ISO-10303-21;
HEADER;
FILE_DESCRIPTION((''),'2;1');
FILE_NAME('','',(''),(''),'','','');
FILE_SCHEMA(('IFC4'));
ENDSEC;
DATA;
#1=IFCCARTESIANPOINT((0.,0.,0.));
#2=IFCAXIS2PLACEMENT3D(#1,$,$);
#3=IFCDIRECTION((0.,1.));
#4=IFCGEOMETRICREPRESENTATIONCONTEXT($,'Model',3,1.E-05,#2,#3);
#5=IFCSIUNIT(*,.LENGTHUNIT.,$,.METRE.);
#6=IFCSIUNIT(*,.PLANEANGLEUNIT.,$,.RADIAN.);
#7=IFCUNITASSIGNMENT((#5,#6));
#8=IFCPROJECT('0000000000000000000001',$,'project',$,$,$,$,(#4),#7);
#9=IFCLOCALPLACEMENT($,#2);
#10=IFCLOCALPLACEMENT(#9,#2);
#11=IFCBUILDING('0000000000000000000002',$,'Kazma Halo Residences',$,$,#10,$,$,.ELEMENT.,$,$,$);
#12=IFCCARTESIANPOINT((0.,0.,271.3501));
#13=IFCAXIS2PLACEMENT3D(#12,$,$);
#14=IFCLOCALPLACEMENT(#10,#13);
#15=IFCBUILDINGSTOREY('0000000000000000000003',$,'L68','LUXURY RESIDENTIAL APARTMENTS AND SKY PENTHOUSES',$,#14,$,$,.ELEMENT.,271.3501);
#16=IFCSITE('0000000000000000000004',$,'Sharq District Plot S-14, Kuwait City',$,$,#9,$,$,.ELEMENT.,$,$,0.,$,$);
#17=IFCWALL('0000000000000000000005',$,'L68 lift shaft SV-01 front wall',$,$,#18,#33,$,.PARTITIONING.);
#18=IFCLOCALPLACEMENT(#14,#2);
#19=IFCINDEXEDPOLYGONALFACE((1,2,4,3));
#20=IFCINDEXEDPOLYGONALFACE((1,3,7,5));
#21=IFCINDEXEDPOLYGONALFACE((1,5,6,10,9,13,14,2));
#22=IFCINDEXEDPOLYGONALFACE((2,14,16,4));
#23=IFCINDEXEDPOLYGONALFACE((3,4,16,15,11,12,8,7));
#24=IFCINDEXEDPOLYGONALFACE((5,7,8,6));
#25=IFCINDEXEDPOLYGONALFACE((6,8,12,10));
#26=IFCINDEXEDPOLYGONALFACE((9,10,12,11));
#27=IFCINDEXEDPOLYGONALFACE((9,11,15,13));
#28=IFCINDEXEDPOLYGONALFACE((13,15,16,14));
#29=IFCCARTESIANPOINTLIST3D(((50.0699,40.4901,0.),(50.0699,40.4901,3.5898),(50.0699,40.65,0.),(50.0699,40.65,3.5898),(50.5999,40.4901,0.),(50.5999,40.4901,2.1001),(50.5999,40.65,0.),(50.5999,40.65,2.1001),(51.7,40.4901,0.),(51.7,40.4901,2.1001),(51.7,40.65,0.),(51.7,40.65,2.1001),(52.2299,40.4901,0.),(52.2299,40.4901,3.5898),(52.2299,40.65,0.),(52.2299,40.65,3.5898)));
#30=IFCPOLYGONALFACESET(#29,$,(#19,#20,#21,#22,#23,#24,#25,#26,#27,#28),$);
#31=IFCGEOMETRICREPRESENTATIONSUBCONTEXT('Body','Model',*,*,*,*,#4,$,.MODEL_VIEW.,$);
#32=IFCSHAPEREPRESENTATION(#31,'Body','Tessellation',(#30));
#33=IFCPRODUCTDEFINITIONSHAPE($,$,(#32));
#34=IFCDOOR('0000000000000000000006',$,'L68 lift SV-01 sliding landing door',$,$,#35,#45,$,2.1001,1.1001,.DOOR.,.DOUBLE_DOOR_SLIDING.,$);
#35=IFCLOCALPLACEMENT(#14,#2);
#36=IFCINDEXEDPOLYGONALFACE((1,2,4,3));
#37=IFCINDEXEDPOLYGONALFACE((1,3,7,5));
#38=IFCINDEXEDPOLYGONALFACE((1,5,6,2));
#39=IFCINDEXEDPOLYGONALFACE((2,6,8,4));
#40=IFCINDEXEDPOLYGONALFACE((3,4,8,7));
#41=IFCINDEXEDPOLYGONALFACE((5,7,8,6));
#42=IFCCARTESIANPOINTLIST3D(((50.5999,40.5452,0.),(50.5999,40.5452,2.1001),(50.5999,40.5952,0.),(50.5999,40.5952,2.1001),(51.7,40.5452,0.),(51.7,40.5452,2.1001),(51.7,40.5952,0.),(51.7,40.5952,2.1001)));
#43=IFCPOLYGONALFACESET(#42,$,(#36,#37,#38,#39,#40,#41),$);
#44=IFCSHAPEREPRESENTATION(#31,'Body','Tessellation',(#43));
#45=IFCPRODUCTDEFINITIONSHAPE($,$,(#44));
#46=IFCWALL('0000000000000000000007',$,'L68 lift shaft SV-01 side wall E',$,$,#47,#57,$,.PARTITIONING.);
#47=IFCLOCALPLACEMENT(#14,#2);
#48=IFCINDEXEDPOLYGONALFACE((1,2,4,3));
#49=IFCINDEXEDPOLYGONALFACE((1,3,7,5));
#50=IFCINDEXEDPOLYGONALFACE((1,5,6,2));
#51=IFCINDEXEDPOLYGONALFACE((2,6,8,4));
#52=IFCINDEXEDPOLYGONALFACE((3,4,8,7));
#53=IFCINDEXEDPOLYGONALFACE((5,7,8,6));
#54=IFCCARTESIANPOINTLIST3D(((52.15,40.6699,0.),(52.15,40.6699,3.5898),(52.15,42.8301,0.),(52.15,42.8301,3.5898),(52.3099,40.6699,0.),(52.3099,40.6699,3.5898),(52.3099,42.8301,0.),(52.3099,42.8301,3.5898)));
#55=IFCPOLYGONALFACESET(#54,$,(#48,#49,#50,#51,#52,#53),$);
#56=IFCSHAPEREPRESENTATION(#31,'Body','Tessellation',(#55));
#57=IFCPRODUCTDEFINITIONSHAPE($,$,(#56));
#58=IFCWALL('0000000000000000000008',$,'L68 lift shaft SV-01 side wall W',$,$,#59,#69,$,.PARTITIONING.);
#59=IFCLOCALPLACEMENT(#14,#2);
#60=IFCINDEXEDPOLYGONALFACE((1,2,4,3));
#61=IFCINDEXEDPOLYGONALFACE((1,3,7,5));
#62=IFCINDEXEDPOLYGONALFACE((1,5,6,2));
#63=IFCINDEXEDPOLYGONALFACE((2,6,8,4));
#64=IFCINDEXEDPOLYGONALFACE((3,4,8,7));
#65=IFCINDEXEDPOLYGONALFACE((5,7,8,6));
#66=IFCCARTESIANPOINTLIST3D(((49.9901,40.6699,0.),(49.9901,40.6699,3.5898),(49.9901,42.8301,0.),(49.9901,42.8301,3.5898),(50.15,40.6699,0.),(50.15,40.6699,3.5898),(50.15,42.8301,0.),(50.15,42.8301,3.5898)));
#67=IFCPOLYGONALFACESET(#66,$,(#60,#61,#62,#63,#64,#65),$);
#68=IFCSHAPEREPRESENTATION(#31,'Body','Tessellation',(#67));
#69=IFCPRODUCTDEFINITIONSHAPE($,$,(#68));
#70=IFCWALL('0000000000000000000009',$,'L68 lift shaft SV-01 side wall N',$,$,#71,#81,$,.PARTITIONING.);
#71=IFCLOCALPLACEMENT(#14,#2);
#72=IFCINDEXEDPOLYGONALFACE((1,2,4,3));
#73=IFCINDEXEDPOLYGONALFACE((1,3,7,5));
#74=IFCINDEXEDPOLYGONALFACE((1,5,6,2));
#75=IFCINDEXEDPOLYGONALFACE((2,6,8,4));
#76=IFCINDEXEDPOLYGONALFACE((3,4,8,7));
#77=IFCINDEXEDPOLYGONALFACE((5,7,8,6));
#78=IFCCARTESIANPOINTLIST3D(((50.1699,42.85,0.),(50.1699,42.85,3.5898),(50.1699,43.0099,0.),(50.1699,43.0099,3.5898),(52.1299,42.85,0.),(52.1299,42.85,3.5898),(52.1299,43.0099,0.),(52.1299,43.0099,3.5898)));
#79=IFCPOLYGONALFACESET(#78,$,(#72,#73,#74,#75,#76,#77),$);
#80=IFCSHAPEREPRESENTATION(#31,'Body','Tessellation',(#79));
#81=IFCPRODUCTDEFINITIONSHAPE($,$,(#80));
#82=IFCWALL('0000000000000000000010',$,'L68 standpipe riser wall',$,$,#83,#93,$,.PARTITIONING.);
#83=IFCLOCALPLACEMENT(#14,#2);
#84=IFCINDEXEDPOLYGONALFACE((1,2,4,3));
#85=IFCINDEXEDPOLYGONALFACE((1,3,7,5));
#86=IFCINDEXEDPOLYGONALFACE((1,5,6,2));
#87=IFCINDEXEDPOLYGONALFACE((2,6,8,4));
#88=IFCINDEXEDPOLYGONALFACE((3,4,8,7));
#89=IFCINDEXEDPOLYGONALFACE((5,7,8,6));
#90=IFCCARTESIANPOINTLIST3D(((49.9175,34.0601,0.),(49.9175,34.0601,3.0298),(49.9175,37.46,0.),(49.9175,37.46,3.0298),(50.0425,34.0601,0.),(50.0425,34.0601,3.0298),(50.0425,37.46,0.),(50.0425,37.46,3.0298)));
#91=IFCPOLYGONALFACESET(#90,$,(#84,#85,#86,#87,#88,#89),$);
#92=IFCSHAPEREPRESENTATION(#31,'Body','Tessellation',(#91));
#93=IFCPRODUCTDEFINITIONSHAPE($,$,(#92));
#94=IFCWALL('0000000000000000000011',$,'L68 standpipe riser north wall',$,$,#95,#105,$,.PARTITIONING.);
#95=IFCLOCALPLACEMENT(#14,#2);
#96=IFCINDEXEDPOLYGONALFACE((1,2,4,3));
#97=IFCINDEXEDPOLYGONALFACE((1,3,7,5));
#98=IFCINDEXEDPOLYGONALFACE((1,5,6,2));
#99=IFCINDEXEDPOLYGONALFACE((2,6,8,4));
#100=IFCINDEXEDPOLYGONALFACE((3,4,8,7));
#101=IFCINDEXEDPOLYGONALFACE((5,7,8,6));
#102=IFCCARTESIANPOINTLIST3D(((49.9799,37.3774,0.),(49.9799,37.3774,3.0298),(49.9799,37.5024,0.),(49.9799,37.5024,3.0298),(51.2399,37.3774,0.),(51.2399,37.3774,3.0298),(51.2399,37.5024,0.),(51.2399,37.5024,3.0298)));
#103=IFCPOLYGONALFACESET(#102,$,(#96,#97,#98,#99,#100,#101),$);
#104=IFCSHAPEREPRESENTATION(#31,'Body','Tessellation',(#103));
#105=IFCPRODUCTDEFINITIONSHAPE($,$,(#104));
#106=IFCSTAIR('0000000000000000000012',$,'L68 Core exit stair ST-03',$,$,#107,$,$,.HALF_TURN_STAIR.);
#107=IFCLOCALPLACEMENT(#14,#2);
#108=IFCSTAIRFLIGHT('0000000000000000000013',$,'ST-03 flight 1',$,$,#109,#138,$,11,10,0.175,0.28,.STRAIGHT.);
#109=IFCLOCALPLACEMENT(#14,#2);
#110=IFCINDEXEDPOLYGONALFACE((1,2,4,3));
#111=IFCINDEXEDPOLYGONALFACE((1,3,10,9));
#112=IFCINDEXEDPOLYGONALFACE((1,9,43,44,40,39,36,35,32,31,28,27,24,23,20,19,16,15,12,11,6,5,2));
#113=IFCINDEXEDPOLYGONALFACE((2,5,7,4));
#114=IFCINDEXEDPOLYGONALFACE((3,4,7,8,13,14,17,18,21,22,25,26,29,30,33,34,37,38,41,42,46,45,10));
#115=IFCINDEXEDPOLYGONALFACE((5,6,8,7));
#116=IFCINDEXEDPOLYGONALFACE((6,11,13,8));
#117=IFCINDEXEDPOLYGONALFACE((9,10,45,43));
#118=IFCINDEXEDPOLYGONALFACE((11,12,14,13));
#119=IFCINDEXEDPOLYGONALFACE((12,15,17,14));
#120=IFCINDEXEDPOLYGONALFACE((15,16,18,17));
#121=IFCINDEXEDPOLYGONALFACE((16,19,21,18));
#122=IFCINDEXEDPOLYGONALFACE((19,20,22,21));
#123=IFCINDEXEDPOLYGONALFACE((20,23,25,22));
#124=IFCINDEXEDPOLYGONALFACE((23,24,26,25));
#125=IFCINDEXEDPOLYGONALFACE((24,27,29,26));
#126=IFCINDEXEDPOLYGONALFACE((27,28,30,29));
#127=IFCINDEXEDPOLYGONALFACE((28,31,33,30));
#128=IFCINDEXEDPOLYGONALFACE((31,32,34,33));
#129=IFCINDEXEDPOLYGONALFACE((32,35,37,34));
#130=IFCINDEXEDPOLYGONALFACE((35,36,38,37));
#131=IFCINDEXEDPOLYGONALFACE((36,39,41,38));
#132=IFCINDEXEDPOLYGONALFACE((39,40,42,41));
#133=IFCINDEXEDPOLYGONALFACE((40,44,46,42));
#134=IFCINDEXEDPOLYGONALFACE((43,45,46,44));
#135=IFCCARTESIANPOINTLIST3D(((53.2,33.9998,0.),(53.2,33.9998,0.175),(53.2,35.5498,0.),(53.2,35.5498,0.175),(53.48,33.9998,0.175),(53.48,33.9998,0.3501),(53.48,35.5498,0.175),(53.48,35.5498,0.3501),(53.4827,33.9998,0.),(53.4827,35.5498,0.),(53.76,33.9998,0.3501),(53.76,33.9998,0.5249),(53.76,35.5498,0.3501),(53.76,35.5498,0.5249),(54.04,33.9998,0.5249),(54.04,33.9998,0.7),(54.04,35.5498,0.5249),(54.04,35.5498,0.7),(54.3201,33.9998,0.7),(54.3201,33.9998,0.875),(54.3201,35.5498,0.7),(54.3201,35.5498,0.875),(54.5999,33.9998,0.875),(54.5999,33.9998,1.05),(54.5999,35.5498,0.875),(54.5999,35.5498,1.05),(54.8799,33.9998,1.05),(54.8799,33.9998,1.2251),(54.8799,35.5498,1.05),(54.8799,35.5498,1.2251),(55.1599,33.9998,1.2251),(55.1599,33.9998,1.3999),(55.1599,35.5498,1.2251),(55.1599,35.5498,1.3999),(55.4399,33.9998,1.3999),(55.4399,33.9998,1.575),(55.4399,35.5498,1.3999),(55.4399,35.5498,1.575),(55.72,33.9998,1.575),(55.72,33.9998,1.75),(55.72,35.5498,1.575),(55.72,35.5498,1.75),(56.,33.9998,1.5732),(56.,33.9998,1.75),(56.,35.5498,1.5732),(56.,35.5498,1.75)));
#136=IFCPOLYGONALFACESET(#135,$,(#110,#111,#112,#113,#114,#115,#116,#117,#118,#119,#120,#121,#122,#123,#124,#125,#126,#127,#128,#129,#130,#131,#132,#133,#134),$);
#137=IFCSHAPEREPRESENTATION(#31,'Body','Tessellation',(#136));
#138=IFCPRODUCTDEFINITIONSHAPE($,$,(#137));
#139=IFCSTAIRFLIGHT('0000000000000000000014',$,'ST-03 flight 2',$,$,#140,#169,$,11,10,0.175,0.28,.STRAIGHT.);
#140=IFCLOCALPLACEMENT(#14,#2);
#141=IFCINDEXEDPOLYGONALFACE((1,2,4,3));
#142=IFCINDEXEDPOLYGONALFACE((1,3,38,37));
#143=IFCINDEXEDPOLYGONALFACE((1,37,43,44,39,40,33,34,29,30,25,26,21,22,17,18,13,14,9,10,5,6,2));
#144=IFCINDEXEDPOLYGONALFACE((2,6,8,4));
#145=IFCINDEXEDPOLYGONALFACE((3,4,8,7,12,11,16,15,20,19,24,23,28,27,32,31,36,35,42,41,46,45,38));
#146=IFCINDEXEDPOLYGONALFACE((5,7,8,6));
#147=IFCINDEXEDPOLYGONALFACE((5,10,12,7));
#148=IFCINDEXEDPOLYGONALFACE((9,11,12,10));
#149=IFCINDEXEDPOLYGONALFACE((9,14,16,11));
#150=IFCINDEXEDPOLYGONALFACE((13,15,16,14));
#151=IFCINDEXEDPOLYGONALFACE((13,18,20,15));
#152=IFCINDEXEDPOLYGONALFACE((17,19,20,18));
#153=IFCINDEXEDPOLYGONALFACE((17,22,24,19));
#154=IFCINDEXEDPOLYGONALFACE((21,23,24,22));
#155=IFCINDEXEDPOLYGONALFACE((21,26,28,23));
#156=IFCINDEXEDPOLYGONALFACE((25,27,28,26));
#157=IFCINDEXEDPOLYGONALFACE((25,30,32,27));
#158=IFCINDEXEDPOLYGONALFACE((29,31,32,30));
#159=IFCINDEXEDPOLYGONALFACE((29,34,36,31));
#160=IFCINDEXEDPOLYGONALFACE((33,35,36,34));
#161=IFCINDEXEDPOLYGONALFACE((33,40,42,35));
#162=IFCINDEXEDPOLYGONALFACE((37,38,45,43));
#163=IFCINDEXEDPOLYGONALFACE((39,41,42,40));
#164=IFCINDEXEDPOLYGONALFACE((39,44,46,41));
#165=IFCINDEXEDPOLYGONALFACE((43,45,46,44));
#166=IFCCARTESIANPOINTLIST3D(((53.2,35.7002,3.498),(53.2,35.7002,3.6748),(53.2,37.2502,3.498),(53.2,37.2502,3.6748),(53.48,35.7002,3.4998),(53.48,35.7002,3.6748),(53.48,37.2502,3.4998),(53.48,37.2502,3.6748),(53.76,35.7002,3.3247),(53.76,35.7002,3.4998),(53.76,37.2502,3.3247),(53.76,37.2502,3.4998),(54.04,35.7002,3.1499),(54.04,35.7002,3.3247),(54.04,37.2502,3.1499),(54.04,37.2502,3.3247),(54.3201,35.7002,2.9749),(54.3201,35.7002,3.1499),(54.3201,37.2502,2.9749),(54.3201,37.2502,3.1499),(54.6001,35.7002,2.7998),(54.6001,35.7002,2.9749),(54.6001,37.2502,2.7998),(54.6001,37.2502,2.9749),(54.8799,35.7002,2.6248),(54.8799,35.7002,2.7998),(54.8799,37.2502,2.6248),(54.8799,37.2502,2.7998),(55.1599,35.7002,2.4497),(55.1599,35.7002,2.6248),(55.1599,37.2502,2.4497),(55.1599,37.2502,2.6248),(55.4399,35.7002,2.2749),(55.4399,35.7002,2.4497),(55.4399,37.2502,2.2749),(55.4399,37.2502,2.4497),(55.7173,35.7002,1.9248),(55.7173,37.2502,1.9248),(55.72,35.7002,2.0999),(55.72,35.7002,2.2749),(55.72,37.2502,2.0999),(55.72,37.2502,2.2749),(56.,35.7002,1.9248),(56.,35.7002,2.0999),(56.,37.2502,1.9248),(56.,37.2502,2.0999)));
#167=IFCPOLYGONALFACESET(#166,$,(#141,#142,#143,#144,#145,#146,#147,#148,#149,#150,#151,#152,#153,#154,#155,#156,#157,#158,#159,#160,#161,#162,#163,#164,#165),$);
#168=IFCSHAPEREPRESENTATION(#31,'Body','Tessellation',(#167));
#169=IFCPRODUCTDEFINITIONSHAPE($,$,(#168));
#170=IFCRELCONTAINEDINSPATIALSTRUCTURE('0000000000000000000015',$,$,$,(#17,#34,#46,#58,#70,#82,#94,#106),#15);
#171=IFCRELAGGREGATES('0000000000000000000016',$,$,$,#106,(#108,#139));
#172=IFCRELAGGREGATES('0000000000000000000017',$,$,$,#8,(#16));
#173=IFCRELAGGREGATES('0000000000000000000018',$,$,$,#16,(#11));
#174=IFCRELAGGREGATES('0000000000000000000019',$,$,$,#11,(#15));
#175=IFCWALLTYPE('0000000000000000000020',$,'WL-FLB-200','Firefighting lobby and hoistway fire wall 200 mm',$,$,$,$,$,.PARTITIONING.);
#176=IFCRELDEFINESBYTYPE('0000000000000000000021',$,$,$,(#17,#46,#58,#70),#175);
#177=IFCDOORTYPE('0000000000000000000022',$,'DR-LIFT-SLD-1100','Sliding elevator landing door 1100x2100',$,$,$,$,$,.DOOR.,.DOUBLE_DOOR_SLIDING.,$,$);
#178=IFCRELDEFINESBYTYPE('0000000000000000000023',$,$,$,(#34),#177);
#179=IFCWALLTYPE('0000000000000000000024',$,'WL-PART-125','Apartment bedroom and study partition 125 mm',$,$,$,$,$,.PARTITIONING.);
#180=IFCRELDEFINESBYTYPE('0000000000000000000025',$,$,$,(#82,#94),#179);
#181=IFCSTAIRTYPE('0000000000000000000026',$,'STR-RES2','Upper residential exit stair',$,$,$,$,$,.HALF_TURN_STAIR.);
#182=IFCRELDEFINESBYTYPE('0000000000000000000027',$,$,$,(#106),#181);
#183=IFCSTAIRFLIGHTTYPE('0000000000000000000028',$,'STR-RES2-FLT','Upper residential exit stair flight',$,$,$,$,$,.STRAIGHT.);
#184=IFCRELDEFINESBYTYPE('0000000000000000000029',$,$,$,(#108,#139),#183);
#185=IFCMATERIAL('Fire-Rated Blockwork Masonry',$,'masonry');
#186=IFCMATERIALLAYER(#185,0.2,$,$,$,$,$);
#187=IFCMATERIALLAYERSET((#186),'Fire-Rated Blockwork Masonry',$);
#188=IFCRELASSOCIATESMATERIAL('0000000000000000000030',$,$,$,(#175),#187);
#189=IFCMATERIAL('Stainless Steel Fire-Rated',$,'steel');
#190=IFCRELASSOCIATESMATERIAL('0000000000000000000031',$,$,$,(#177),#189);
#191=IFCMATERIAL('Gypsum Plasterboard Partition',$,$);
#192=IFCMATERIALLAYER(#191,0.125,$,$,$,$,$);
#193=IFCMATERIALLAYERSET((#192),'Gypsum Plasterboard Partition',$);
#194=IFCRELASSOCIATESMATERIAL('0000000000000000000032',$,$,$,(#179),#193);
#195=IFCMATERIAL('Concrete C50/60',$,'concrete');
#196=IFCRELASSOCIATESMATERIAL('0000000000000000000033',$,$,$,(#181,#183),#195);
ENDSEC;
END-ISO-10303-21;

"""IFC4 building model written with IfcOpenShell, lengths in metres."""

from ifc_helpers import new_model, si_unit, direction, frame, frame_2d, origin, place, context, subcontext, project, spatial, polyline, rectangle, outline, extrude, material, layer, layer_set, type_object, element, fill, aggregate, save


model = new_model("IFC4")

# Units and contexts
model_context = context("Model", 3, precision=1e-05, world=origin(), true_north=direction((0.0, 1.0)))
body_context = subcontext(model_context, "Body", "Model", "MODEL_VIEW")
ifc_project = project(units=[si_unit("LENGTHUNIT", "METRE"), si_unit("PLANEANGLEUNIT", "RADIAN")], contexts=[model_context])

# Site, building, storey
site_placement = place(None, origin())
site = spatial("IfcSite", under=ifc_project, at=site_placement, Name="Sharq District Plot S-14, Kuwait City", CompositionType="ELEMENT", RefElevation=0.0)
building_placement = place(site_placement, origin())
building = spatial("IfcBuilding", under=site, at=building_placement, Name="Kazma Halo Residences", CompositionType="ELEMENT")
storey_placement = place(building_placement, frame((0.0, 0.0, 271.3501)))
storey = spatial("IfcBuildingStorey", under=building, at=storey_placement, Name="L68", Description="LUXURY RESIDENTIAL APARTMENTS AND SKY PENTHOUSES", CompositionType="ELEMENT", Elevation=271.3501)

# Shared definitions
ifc_material_1 = material(Name="Fire-Rated Blockwork Masonry", Category="masonry")
ifc_layer_1 = layer(ifc_material_1, 0.2)
ifc_layer_set_1 = layer_set([ifc_layer_1], Name="Fire-Rated Blockwork Masonry")
wall_type_1 = type_object("IfcWallType", Name="WL-FLB-200", Description="Firefighting lobby and hoistway fire wall 200 mm", PredefinedType="PARTITIONING", material=ifc_layer_set_1)
ifc_material_2 = material(Name="Stainless Steel Fire-Rated", Category="steel")
door_type_1 = type_object("IfcDoorType", Name="DR-LIFT-SLD-1100", Description="Sliding elevator landing door 1100x2100", OperationType="DOUBLE_DOOR_SLIDING", PredefinedType="DOOR", material=ifc_material_2)

# Wall, opening, door
wall_1_placement = place(storey_placement, frame((52.23, 40.5701, 0.0), z_axis=(0.0, 0.0, 1.0), x_axis=(-1.0, 0.0, 0.0)))
wall_1 = element("IfcWall", 1, at=wall_1_placement, inside=storey, type_object=wall_type_1, Name="L68 lift shaft SV-01 front wall", PredefinedType="PARTITIONING", context=body_context, shape_type="SweptSolid", body=[
    extrude(rectangle(XDim=2.1599, YDim=0.1599, at=frame_2d((1.0801, 0.0))), origin(), (0.0, 0.0, 1.0), 3.5898),
])
opening_1_placement = place(wall_1_placement, frame((0.53, 0.0, 0.0)))
opening_1 = element("IfcOpeningElement", 2, at=opening_1_placement, cuts=wall_1, PredefinedType="OPENING", context=body_context, shape_type="SweptSolid", body=[
    extrude(rectangle(XDim=1.1001, YDim=2.1001, at=frame_2d((0.55, 1.05))), frame((0.0, 0.0898, 0.0), z_axis=(0.0, -1.0, 0.0), x_axis=(1.0, 0.0, 0.0)), (0.0, 0.0, 1.0), 0.1799),
])
door_1_placement = place(opening_1_placement, origin())
door_1 = element("IfcDoor", 3, at=door_1_placement, inside=storey, type_object=door_type_1, Name="L68 lift SV-01 sliding landing door", OperationType="DOUBLE_DOOR_SLIDING", OverallHeight=2.1001, OverallWidth=1.1001, PredefinedType="DOOR", context=body_context, shape_type="SweptSolid", body=[
    extrude(rectangle(XDim=1.1001, YDim=2.1001, at=frame_2d((0.55, 1.05))), frame((0.0, 0.0249, 0.0), z_axis=(0.0, -1.0, 0.0), x_axis=(1.0, 0.0, 0.0)), (0.0, 0.0, 1.0), 0.05),
])
fill(opening_1, door_1)

# Walls
for number, where, z_axis, x_axis, name in (
    (4, (52.23, 40.6699, 0.0), (0.0, 0.0, 1.0), (0.0, 1.0, 0.0), "L68 lift shaft SV-01 side wall E"),
    (5, (50.0701, 40.6699, 0.0), (0.0, 0.0, 1.0), (0.0, 1.0, 0.0), "L68 lift shaft SV-01 side wall W"),
):
    element("IfcWall", number, at=place(storey_placement, frame(where, z_axis=z_axis, x_axis=x_axis)), inside=storey, type_object=wall_type_1, Name=name, PredefinedType="PARTITIONING", context=body_context, shape_type="SweptSolid", body=[
        extrude(rectangle(XDim=2.1602, YDim=0.1599, at=frame_2d((1.0801, 0.0))), origin(), (0.0, 0.0, 1.0), 3.5898),
    ])
wall_2_placement = place(storey_placement, frame((50.1699, 42.9299, 0.0), z_axis=(0.0, 0.0, 1.0), x_axis=(1.0, 0.0, 0.0)))
element("IfcWall", 6, at=wall_2_placement, inside=storey, type_object=wall_type_1, Name="L68 lift shaft SV-01 side wall N", PredefinedType="PARTITIONING", context=body_context, shape_type="SweptSolid", body=[
    extrude(rectangle(XDim=1.96, YDim=0.1599, at=frame_2d((0.98, 0.0))), origin(), (0.0, 0.0, 1.0), 3.5898),
])
ifc_material_3 = material(Name="Gypsum Plasterboard Partition")
ifc_layer_2 = layer(ifc_material_3, 0.125)
ifc_layer_set_2 = layer_set([ifc_layer_2], Name="Gypsum Plasterboard Partition")
wall_type_2 = type_object("IfcWallType", Name="WL-PART-125", Description="Apartment bedroom and study partition 125 mm", PredefinedType="PARTITIONING", material=ifc_layer_set_2)
wall_3_placement = place(storey_placement, frame((49.98, 34.0601, 0.0), z_axis=(0.0, 0.0, 1.0), x_axis=(0.0, 1.0, 0.0)))
element("IfcWall", 7, at=wall_3_placement, inside=storey, type_object=wall_type_2, Name="L68 standpipe riser wall", PredefinedType="PARTITIONING", context=body_context, shape_type="SweptSolid", body=[
    extrude(rectangle(XDim=3.3999, YDim=0.125, at=frame_2d((1.7, 0.0))), origin(), (0.0, 0.0, 1.0), 3.0298),
])
wall_4_placement = place(storey_placement, frame((49.98, 37.4399, 0.0), z_axis=(0.0, 0.0, 1.0), x_axis=(1.0, 0.0, 0.0)))
element("IfcWall", 8, at=wall_4_placement, inside=storey, type_object=wall_type_2, Name="L68 standpipe riser north wall", PredefinedType="PARTITIONING", context=body_context, shape_type="SweptSolid", body=[
    extrude(rectangle(XDim=1.26, YDim=0.125, at=frame_2d((0.6299, 0.0))), origin(), (0.0, 0.0, 1.0), 3.0298),
])

# Shared definitions
ifc_material_4 = material(Name="Concrete C50/60", Category="concrete")

# Stair, stair flights
stair_type = type_object("IfcStairType", Name="STR-RES2", Description="Upper residential exit stair", PredefinedType="HALF_TURN_STAIR", material=ifc_material_4)
stair_placement = place(storey_placement, origin())
stair = element("IfcStair", 9, at=stair_placement, inside=storey, type_object=stair_type, Name="L68 Core exit stair ST-03", PredefinedType="HALF_TURN_STAIR")
stair_flight_type = type_object("IfcStairFlightType", Name="STR-RES2-FLT", Description="Upper residential exit stair flight", PredefinedType="STRAIGHT", material=ifc_material_4)
stair_flight_1_placement = place(storey_placement, frame((53.2, 34.7749, 0.0), z_axis=(0.0, 0.0, 1.0), x_axis=(1.0, 0.0, 0.0)))
stair_flight_1 = element("IfcStairFlight", 10, at=stair_flight_1_placement, type_object=stair_flight_type, Name="ST-03 flight 1", NumberOfRisers=11, NumberOfTreads=10, PredefinedType="STRAIGHT", RiserHeight=0.175, TreadLength=0.28, context=body_context, shape_type="SweptSolid", body=[
    extrude(outline(polyline([(0.0, 0.0), (0.0, 0.175), (0.28, 0.175), (0.28, 0.3501), (0.5601, 0.3501), (0.5601, 0.5249), (0.8401, 0.5249), (0.8401, 0.7), (1.1201, 0.7), (1.1201, 0.875), (1.3999, 0.875), (1.3999, 1.05), (1.6799, 1.05), (1.6799, 1.2251), (1.96, 1.2251), (1.96, 1.3999), (2.24, 1.3999), (2.24, 1.575), (2.52, 1.575), (2.52, 1.75), (2.8, 1.75), (2.8, 1.925), (2.8, 1.5732), (0.2827, 0.0), (0.0, 0.0)])), frame((0.0, 0.7749, 0.0), z_axis=(0.0, -1.0, 0.0), x_axis=(1.0, 0.0, 0.0)), (0.0, 0.0, 1.0), 1.55),
])
stair_flight_2_placement = place(storey_placement, frame((56.0, 36.4751, 1.9248), z_axis=(0.0, 0.0, 1.0), x_axis=(-1.0, 0.0, 0.0)))
stair_flight_2 = element("IfcStairFlight", 11, at=stair_flight_2_placement, type_object=stair_flight_type, Name="ST-03 flight 2", NumberOfRisers=11, NumberOfTreads=10, PredefinedType="STRAIGHT", RiserHeight=0.175, TreadLength=0.28, context=body_context, shape_type="SweptSolid", body=[
    extrude(outline(polyline([(0.0, 0.0), (0.0, 0.175), (0.28, 0.175), (0.28, 0.3501), (0.5601, 0.3501), (0.5601, 0.5249), (0.8401, 0.5249), (0.8401, 0.7), (1.1201, 0.7), (1.1201, 0.875), (1.3999, 0.875), (1.3999, 1.05), (1.6799, 1.05), (1.6799, 1.2251), (1.96, 1.2251), (1.96, 1.3999), (2.24, 1.3999), (2.24, 1.575), (2.52, 1.575), (2.52, 1.75), (2.8, 1.75), (2.8, 1.925), (2.8, 1.5732), (0.2827, 0.0), (0.0, 0.0)])), frame((0.0, 0.7749, 0.0), z_axis=(0.0, -1.0, 0.0), x_axis=(1.0, 0.0, 0.0)), (0.0, 0.0, 1.0), 1.55),
])
aggregate(stair, [stair_flight_1, stair_flight_2])

save(model, "model.ifc")
